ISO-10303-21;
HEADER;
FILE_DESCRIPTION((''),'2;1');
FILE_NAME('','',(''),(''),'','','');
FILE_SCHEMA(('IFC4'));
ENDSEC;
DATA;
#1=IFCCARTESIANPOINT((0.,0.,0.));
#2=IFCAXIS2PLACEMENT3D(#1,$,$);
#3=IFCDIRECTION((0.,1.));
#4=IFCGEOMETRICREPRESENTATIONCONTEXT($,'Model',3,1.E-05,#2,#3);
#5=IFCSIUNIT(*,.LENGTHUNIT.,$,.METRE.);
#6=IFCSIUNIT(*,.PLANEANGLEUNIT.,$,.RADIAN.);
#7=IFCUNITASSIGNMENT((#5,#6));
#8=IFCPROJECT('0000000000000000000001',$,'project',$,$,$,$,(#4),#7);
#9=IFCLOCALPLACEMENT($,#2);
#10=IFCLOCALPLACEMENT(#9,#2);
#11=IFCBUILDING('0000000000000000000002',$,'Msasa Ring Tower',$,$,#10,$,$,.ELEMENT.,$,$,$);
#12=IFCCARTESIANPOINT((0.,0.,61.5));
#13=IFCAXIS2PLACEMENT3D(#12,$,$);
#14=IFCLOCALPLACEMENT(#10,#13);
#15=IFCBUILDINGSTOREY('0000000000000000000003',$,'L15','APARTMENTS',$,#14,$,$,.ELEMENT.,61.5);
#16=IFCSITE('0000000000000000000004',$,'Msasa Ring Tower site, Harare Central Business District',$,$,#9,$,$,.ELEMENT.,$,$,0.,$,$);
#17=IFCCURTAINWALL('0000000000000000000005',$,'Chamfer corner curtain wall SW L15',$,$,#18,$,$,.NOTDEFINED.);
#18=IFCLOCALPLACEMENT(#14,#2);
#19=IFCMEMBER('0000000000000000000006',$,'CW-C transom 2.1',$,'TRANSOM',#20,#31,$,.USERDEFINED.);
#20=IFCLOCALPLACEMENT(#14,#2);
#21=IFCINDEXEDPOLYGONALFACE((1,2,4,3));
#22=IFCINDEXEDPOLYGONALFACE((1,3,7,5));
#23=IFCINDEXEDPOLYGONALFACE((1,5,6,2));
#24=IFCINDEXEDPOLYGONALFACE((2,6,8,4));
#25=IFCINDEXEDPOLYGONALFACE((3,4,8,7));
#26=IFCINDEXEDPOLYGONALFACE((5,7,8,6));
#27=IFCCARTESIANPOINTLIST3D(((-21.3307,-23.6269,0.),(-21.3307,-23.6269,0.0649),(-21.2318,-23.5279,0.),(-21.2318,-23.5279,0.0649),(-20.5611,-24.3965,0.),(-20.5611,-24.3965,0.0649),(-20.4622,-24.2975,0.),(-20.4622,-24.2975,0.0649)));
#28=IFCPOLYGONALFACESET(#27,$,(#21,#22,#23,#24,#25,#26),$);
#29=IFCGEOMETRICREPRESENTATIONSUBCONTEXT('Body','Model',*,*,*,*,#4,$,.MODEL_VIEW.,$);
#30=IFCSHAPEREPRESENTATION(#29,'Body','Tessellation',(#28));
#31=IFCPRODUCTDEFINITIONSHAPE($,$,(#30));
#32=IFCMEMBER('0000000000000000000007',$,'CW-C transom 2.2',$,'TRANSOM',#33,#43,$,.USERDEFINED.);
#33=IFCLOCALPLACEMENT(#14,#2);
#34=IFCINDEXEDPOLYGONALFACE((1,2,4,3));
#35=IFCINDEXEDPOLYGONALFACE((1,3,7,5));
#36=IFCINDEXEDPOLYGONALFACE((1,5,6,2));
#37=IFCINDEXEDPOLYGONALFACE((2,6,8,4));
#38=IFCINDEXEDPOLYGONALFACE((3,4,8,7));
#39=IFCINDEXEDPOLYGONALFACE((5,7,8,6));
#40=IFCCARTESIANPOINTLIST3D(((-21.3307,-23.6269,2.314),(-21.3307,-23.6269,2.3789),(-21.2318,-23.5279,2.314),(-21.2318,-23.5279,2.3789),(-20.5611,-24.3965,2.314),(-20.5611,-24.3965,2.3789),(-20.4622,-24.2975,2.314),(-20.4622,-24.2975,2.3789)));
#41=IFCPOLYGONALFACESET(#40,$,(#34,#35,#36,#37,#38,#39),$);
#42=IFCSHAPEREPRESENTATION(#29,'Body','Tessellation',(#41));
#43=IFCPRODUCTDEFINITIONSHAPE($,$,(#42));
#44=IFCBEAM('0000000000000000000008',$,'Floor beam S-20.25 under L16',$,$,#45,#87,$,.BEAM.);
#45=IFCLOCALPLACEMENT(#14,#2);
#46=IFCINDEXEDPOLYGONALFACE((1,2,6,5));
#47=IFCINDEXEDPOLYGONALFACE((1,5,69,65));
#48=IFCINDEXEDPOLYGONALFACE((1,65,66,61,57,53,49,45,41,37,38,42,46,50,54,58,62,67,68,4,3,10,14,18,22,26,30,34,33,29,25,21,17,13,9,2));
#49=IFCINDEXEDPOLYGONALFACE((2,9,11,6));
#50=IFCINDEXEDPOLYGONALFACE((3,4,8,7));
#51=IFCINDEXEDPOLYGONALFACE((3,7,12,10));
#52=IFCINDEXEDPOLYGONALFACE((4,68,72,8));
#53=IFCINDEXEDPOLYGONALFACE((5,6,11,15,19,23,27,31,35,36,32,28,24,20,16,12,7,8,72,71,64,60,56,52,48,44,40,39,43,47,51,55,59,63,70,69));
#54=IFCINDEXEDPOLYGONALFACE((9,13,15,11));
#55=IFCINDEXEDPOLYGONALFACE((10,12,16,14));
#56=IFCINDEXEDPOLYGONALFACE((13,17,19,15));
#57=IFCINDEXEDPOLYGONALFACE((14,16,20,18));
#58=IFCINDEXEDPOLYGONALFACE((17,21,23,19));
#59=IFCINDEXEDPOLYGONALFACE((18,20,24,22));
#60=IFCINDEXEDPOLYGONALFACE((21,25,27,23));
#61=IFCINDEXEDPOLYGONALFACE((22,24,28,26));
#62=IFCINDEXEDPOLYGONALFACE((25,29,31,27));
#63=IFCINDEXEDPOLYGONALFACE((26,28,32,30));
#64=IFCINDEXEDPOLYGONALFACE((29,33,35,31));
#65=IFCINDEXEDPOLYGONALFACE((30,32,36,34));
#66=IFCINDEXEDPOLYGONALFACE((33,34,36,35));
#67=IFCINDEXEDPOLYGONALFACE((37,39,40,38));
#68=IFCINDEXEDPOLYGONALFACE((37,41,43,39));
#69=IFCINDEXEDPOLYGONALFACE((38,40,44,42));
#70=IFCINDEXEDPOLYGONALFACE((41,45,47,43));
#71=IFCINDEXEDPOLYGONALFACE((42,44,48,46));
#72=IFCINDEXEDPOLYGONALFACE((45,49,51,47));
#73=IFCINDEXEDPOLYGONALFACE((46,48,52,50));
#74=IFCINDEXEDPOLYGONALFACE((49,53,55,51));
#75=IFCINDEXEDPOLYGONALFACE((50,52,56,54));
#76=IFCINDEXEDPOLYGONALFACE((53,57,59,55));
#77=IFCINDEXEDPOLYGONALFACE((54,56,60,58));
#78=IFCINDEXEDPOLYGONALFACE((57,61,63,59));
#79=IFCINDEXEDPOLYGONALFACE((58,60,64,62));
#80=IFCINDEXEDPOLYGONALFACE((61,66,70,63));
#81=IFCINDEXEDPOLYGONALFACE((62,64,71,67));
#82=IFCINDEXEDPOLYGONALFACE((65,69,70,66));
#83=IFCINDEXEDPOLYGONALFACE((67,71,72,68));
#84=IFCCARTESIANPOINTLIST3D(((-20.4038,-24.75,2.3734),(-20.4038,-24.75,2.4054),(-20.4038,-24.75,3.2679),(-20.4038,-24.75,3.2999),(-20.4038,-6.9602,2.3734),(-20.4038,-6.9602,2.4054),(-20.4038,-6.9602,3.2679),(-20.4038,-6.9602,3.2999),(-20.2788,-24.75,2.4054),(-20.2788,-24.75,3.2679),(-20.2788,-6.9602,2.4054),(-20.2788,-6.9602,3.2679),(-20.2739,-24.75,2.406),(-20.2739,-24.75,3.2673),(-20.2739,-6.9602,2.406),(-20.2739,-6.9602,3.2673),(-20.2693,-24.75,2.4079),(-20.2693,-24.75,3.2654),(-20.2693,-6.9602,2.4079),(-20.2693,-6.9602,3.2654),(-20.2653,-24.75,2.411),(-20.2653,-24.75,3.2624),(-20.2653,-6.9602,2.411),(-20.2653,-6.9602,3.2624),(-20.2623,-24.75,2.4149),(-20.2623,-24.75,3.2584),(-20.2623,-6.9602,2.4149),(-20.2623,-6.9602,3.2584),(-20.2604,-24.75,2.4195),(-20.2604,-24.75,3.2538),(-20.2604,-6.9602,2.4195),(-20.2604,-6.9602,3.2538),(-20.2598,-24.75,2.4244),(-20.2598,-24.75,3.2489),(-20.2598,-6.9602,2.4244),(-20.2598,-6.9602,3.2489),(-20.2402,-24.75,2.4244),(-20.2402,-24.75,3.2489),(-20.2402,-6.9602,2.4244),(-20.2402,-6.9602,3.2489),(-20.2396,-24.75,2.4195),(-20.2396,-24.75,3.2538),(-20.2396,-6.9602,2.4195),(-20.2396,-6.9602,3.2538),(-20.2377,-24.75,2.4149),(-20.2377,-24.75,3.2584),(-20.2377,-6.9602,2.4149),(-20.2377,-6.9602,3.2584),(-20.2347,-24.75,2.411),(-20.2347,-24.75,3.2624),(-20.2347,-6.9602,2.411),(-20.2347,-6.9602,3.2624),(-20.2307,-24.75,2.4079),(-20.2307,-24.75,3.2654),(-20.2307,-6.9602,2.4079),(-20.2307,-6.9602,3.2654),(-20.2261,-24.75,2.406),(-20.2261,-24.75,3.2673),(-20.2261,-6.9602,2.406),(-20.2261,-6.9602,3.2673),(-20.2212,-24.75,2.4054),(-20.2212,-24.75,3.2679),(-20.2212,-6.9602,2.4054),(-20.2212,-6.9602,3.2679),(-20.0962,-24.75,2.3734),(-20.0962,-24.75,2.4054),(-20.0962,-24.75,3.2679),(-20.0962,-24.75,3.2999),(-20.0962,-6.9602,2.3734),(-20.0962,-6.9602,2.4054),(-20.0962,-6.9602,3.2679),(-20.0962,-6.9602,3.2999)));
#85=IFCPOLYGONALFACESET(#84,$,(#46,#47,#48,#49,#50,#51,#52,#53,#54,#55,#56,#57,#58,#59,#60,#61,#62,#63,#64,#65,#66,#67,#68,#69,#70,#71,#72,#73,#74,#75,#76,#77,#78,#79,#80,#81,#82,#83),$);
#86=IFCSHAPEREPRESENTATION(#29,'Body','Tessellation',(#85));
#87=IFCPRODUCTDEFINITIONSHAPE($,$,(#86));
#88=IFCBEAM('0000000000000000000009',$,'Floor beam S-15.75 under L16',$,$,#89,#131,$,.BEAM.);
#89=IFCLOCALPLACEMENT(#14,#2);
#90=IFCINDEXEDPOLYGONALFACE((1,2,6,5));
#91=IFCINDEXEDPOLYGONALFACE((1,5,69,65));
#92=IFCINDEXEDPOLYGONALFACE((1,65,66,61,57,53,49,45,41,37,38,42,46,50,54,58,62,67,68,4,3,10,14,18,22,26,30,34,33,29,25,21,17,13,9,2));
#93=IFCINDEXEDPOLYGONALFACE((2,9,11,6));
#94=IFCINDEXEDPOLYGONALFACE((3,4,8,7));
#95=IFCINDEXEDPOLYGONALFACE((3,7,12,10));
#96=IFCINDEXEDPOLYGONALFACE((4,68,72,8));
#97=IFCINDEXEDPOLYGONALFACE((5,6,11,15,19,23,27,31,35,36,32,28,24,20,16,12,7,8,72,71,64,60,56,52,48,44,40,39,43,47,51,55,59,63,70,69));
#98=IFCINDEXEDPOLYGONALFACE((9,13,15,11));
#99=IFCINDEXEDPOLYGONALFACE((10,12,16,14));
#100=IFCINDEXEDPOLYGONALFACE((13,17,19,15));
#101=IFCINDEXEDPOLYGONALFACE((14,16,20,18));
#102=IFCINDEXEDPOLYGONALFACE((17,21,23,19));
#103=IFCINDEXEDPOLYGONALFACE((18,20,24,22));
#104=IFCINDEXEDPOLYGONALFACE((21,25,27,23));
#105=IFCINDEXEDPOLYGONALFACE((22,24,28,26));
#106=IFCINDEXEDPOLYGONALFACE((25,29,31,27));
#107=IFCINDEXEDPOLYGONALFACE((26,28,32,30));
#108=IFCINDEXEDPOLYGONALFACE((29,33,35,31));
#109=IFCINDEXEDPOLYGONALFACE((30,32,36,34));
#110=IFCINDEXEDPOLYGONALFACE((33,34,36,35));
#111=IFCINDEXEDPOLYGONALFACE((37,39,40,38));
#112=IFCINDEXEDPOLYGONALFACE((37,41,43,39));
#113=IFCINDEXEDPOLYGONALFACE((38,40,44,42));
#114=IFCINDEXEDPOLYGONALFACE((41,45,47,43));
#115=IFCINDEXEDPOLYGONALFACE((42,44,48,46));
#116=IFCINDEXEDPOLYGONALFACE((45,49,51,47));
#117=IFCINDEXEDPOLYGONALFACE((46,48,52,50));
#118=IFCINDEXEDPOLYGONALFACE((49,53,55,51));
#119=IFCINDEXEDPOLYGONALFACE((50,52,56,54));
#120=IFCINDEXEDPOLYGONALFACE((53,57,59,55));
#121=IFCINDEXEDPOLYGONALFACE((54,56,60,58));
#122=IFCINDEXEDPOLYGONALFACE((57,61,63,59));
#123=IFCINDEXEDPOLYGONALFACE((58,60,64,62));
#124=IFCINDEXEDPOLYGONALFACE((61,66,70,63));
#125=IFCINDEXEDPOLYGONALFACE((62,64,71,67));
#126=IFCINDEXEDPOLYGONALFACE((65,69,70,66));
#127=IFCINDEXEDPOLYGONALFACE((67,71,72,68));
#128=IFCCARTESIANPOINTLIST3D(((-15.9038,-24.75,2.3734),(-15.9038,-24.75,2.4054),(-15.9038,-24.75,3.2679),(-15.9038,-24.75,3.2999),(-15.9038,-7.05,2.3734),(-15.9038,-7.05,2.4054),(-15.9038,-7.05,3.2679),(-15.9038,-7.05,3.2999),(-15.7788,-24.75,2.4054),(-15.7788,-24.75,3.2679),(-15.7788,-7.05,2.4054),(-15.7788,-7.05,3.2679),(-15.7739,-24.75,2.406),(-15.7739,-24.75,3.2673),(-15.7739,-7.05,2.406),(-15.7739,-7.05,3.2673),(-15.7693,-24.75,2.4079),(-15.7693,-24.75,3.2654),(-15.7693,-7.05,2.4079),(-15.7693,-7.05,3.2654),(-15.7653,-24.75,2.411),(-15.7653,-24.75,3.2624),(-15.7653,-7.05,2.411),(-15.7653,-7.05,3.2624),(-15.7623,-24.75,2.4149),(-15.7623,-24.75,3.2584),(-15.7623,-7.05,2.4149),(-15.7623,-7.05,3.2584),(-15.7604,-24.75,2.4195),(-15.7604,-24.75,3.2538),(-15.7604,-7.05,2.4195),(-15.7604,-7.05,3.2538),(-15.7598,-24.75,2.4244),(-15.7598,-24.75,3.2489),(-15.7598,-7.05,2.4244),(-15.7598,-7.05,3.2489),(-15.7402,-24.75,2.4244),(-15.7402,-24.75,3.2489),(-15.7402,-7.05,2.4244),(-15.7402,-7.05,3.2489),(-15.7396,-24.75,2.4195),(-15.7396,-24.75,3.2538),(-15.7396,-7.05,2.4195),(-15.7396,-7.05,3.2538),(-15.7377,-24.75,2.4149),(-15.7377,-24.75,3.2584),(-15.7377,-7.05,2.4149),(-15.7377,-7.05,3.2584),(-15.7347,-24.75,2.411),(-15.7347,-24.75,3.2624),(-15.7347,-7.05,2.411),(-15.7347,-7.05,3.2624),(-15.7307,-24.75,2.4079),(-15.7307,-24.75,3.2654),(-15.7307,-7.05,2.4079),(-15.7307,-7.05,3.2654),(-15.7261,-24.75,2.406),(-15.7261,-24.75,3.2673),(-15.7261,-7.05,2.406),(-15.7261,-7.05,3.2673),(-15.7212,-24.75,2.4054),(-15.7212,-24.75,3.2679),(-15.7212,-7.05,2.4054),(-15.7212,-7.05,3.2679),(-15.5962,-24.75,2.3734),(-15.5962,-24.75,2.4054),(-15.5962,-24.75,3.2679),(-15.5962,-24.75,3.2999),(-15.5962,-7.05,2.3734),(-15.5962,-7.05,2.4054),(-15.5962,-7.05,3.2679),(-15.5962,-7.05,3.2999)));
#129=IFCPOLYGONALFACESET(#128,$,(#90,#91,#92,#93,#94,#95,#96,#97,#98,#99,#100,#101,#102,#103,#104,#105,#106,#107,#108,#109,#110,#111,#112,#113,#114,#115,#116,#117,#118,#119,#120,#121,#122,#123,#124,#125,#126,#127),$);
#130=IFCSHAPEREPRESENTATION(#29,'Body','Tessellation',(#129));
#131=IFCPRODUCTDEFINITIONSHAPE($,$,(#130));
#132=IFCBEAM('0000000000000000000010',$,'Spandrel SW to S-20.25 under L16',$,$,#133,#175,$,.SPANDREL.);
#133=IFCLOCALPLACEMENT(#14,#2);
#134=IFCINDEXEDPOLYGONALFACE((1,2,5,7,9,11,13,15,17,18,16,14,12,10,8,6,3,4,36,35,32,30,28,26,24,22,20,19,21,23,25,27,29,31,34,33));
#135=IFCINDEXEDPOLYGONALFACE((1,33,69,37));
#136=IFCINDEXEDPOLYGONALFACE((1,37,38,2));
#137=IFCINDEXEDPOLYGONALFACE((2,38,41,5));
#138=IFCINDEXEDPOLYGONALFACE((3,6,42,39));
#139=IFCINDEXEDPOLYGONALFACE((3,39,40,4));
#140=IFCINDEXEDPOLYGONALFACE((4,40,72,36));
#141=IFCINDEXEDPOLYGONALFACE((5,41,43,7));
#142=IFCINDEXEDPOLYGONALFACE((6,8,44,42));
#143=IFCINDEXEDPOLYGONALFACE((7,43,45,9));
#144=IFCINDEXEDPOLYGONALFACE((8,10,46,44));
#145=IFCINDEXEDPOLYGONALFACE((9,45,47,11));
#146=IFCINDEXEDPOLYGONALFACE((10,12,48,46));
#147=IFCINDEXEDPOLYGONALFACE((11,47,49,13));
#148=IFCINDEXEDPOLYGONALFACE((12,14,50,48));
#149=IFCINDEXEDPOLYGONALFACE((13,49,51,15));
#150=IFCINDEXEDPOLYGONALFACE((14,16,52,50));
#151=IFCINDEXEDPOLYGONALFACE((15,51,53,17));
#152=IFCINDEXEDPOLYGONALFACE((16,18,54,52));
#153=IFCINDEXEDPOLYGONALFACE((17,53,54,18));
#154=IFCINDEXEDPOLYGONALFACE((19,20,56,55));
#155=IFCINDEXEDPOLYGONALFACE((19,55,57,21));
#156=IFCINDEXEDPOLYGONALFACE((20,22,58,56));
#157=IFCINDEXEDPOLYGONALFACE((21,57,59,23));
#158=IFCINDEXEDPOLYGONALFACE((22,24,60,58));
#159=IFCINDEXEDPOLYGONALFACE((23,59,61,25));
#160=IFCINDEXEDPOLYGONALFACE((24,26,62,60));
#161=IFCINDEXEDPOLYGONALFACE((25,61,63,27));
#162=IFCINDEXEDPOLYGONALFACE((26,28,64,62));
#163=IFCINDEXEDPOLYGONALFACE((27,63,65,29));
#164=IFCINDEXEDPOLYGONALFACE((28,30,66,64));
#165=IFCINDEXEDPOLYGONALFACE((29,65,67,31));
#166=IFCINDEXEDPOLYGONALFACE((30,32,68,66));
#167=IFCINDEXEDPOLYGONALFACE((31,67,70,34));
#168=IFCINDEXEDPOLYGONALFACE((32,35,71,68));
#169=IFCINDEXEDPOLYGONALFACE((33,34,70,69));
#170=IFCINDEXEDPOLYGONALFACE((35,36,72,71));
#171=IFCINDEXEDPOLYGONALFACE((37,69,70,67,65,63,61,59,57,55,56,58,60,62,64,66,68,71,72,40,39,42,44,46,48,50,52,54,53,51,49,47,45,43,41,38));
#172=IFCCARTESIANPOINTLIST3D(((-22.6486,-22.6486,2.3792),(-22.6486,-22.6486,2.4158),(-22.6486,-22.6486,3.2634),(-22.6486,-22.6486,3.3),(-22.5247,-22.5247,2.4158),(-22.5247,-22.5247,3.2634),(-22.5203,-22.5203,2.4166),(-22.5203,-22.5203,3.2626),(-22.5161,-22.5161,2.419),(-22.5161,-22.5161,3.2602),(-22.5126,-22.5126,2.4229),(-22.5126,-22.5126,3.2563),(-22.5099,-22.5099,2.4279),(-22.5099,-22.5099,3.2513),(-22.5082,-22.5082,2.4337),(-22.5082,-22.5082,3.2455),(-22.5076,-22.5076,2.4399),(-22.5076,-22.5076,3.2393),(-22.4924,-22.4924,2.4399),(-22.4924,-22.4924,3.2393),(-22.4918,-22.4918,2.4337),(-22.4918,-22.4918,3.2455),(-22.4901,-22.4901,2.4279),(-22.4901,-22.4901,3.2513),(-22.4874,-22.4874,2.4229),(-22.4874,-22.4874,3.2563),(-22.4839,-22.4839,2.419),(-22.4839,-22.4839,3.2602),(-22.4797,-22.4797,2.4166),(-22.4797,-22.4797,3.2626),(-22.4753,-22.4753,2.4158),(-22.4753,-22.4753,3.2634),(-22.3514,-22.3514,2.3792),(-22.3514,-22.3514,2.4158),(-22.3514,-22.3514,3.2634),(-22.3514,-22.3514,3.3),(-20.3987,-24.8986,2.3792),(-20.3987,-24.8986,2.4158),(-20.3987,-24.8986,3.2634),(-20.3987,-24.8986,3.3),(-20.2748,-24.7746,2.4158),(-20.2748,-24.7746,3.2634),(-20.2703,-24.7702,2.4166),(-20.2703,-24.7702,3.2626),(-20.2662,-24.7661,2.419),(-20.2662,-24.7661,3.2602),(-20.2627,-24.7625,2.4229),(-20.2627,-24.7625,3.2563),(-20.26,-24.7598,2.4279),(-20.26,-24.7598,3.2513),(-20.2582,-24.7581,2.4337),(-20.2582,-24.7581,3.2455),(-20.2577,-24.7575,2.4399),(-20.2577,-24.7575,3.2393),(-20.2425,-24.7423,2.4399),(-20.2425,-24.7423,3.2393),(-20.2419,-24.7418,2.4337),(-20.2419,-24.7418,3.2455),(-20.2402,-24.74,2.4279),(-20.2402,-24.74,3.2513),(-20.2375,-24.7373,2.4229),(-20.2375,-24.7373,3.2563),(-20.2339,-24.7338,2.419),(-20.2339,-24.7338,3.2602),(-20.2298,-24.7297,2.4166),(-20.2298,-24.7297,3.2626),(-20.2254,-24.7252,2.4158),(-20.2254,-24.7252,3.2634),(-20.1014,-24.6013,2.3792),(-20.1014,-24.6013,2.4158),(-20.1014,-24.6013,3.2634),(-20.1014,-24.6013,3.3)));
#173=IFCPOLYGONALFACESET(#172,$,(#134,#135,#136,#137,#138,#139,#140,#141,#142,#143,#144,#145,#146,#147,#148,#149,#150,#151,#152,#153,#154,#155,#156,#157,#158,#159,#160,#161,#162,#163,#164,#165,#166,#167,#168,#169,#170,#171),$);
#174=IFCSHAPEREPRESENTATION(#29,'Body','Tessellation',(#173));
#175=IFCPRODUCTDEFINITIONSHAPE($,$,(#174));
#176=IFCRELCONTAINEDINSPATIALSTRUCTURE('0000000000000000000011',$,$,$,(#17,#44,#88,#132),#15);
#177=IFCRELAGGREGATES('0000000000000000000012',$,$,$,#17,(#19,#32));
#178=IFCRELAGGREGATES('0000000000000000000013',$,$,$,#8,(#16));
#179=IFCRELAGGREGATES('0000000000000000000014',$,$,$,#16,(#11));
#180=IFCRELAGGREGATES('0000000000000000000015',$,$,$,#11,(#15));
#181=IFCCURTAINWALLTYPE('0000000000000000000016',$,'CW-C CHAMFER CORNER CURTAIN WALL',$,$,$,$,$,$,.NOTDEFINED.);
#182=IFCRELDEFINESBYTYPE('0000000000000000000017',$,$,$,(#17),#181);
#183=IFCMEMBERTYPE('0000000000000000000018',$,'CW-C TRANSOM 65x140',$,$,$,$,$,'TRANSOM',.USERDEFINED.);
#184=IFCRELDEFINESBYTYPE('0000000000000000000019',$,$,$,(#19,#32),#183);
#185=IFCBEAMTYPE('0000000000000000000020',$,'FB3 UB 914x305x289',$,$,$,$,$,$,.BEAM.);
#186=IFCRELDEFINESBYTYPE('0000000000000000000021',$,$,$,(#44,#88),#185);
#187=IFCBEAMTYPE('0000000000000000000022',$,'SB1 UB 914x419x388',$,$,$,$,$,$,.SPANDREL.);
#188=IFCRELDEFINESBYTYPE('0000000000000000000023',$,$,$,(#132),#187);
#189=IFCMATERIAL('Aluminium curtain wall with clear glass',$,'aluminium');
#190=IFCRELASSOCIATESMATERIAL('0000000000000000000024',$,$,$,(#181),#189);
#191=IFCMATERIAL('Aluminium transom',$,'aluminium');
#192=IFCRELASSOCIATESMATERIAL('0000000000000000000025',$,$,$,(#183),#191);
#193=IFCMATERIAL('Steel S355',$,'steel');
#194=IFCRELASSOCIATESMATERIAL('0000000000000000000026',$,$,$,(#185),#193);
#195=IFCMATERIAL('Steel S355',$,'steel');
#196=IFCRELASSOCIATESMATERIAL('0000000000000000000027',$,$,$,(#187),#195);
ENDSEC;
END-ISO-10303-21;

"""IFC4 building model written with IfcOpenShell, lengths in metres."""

from ifc_helpers import new_model, si_unit, direction, frame, origin, origin_2d, place, context, subcontext, project, spatial, rectangle, i_section, extrude, material, material_profile, profile_set, type_object, element, aggregate, save


model = new_model("IFC4")

# Units and contexts
model_context = context("Model", 3, precision=1e-05, world=origin(), true_north=direction((0.0, 1.0)))
body_context = subcontext(model_context, "Body", "Model", "MODEL_VIEW")
ifc_project = project(units=[si_unit("LENGTHUNIT", "METRE"), si_unit("PLANEANGLEUNIT", "RADIAN")], contexts=[model_context])

# Site, building, storey
site_placement = place(None, origin())
site = spatial("IfcSite", under=ifc_project, at=site_placement, Name="Msasa Ring Tower site, Harare Central Business District", CompositionType="ELEMENT", RefElevation=0.0)
building_placement = place(site_placement, origin())
building = spatial("IfcBuilding", under=site, at=building_placement, Name="Msasa Ring Tower", CompositionType="ELEMENT")
storey_placement = place(building_placement, frame((0.0, 0.0, 61.5)))
storey = spatial("IfcBuildingStorey", under=building, at=storey_placement, Name="L15", Description="APARTMENTS", CompositionType="ELEMENT", Elevation=61.5)

# Curtain wall
ifc_material_1 = material(Name="Aluminium curtain wall with clear glass", Category="aluminium")
curtain_wall_type = type_object("IfcCurtainWallType", Name="CW-C CHAMFER CORNER CURTAIN WALL", PredefinedType="NOTDEFINED", material=ifc_material_1)
curtain_wall_1_placement = place(storey_placement, origin())
curtain_wall_1 = element("IfcCurtainWall", 1, at=curtain_wall_1_placement, inside=storey, type_object=curtain_wall_type, Name="Chamfer corner curtain wall SW L15", PredefinedType="NOTDEFINED")

# Members
ifc_material_2 = material(Name="Aluminium transom", Category="aluminium")
ifc_material_profile_1 = material_profile(ifc_material_2, rectangle(XDim=0.1399, YDim=0.0649, at=origin_2d()), Name="AL 65x140")
ifc_profile_set_1 = profile_set([ifc_material_profile_1], Name="Aluminium transom")
member_type_1 = type_object("IfcMemberType", Name="CW-C TRANSOM 65x140", ElementType="TRANSOM", PredefinedType="USERDEFINED", material=ifc_profile_set_1)
member_1_placement = place(storey_placement, frame((-21.2812, -23.5774, 0.0325), z_axis=(0.707107, -0.707107, 0.0), x_axis=(0.707107, 0.707107, 0.0)))
member_1 = element("IfcMember", 2, at=member_1_placement, type_object=member_type_1, Name="CW-C transom 2.1", ObjectType="TRANSOM", PredefinedType="USERDEFINED", context=body_context, shape_type="SweptSolid", body=[
    extrude(rectangle(XDim=0.1399, YDim=0.0649, at=origin_2d()), origin(), (0.0, 0.0, 1.0), 1.0884),
])
member_2_placement = place(storey_placement, frame((-21.2812, -23.5774, 2.3464), z_axis=(0.707107, -0.707107, 0.0), x_axis=(0.707107, 0.707107, 0.0)))
member_2 = element("IfcMember", 3, at=member_2_placement, type_object=member_type_1, Name="CW-C transom 2.2", ObjectType="TRANSOM", PredefinedType="USERDEFINED", context=body_context, shape_type="SweptSolid", body=[
    extrude(rectangle(XDim=0.1399, YDim=0.0649, at=origin_2d()), origin(), (0.0, 0.0, 1.0), 1.0884),
])

# Beams
ifc_material_3 = material(Name="Steel S355", Category="steel")
ifc_material_profile_2 = material_profile(ifc_material_3, i_section(OverallWidth=0.3076, OverallDepth=0.9265, WebThickness=0.0195, FlangeThickness=0.032, FilletRadius=0.019, at=origin_2d()), Name="UB 914x305x289")
ifc_profile_set_2 = profile_set([ifc_material_profile_2], Name="Steel S355")
beam_type_1 = type_object("IfcBeamType", Name="FB3 UB 914x305x289", PredefinedType="BEAM", material=ifc_profile_set_2)
beam_1_placement = place(storey_placement, frame((-20.25, -24.75, 2.8367), z_axis=(0.0, 1.0, 0.0), x_axis=(-1.0, 0.0, 0.0)))
element("IfcBeam", 4, at=beam_1_placement, inside=storey, type_object=beam_type_1, Name="Floor beam S-20.25 under L16", PredefinedType="BEAM", context=body_context, shape_type="SweptSolid", body=[
    extrude(i_section(OverallWidth=0.3076, OverallDepth=0.9265, WebThickness=0.0195, FlangeThickness=0.032, FilletRadius=0.019, at=origin_2d()), origin(), (0.0, 0.0, 1.0), 17.7898),
])
beam_2_placement = place(storey_placement, frame((-15.75, -24.75, 2.8367), z_axis=(0.0, 1.0, 0.0), x_axis=(-1.0, 0.0, 0.0)))
element("IfcBeam", 5, at=beam_2_placement, inside=storey, type_object=beam_type_1, Name="Floor beam S-15.75 under L16", PredefinedType="BEAM", context=body_context, shape_type="SweptSolid", body=[
    extrude(i_section(OverallWidth=0.3076, OverallDepth=0.9265, WebThickness=0.0195, FlangeThickness=0.032, FilletRadius=0.019, at=origin_2d()), origin(), (0.0, 0.0, 1.0), 17.7),
])
ifc_material_4 = material(Name="Steel S355", Category="steel")
ifc_material_profile_3 = material_profile(ifc_material_4, i_section(OverallWidth=0.4204, OverallDepth=0.9209, WebThickness=0.0215, FlangeThickness=0.0366, FilletRadius=0.0242, at=origin_2d()), Name="UB 914x419x388")
ifc_profile_set_3 = profile_set([ifc_material_profile_3], Name="Steel S355")
beam_type_2 = type_object("IfcBeamType", Name="SB1 UB 914x419x388", PredefinedType="SPANDREL", material=ifc_profile_set_3)
beam_3_placement = place(storey_placement, frame((-22.5, -22.5, 2.8396), z_axis=(0.707107, -0.707107, 0.0), x_axis=(0.707107, 0.707107, 0.0)))
element("IfcBeam", 6, at=beam_3_placement, inside=storey, type_object=beam_type_2, Name="Spandrel SW to S-20.25 under L16", PredefinedType="SPANDREL", context=body_context, shape_type="SweptSolid", body=[
    extrude(i_section(OverallWidth=0.4204, OverallDepth=0.9209, WebThickness=0.0215, FlangeThickness=0.0366, FilletRadius=0.0242, at=origin_2d()), origin(), (0.0, 0.0, 1.0), 3.1819),
])

aggregate(curtain_wall_1, [member_1, member_2])

save(model, "model.ifc")
